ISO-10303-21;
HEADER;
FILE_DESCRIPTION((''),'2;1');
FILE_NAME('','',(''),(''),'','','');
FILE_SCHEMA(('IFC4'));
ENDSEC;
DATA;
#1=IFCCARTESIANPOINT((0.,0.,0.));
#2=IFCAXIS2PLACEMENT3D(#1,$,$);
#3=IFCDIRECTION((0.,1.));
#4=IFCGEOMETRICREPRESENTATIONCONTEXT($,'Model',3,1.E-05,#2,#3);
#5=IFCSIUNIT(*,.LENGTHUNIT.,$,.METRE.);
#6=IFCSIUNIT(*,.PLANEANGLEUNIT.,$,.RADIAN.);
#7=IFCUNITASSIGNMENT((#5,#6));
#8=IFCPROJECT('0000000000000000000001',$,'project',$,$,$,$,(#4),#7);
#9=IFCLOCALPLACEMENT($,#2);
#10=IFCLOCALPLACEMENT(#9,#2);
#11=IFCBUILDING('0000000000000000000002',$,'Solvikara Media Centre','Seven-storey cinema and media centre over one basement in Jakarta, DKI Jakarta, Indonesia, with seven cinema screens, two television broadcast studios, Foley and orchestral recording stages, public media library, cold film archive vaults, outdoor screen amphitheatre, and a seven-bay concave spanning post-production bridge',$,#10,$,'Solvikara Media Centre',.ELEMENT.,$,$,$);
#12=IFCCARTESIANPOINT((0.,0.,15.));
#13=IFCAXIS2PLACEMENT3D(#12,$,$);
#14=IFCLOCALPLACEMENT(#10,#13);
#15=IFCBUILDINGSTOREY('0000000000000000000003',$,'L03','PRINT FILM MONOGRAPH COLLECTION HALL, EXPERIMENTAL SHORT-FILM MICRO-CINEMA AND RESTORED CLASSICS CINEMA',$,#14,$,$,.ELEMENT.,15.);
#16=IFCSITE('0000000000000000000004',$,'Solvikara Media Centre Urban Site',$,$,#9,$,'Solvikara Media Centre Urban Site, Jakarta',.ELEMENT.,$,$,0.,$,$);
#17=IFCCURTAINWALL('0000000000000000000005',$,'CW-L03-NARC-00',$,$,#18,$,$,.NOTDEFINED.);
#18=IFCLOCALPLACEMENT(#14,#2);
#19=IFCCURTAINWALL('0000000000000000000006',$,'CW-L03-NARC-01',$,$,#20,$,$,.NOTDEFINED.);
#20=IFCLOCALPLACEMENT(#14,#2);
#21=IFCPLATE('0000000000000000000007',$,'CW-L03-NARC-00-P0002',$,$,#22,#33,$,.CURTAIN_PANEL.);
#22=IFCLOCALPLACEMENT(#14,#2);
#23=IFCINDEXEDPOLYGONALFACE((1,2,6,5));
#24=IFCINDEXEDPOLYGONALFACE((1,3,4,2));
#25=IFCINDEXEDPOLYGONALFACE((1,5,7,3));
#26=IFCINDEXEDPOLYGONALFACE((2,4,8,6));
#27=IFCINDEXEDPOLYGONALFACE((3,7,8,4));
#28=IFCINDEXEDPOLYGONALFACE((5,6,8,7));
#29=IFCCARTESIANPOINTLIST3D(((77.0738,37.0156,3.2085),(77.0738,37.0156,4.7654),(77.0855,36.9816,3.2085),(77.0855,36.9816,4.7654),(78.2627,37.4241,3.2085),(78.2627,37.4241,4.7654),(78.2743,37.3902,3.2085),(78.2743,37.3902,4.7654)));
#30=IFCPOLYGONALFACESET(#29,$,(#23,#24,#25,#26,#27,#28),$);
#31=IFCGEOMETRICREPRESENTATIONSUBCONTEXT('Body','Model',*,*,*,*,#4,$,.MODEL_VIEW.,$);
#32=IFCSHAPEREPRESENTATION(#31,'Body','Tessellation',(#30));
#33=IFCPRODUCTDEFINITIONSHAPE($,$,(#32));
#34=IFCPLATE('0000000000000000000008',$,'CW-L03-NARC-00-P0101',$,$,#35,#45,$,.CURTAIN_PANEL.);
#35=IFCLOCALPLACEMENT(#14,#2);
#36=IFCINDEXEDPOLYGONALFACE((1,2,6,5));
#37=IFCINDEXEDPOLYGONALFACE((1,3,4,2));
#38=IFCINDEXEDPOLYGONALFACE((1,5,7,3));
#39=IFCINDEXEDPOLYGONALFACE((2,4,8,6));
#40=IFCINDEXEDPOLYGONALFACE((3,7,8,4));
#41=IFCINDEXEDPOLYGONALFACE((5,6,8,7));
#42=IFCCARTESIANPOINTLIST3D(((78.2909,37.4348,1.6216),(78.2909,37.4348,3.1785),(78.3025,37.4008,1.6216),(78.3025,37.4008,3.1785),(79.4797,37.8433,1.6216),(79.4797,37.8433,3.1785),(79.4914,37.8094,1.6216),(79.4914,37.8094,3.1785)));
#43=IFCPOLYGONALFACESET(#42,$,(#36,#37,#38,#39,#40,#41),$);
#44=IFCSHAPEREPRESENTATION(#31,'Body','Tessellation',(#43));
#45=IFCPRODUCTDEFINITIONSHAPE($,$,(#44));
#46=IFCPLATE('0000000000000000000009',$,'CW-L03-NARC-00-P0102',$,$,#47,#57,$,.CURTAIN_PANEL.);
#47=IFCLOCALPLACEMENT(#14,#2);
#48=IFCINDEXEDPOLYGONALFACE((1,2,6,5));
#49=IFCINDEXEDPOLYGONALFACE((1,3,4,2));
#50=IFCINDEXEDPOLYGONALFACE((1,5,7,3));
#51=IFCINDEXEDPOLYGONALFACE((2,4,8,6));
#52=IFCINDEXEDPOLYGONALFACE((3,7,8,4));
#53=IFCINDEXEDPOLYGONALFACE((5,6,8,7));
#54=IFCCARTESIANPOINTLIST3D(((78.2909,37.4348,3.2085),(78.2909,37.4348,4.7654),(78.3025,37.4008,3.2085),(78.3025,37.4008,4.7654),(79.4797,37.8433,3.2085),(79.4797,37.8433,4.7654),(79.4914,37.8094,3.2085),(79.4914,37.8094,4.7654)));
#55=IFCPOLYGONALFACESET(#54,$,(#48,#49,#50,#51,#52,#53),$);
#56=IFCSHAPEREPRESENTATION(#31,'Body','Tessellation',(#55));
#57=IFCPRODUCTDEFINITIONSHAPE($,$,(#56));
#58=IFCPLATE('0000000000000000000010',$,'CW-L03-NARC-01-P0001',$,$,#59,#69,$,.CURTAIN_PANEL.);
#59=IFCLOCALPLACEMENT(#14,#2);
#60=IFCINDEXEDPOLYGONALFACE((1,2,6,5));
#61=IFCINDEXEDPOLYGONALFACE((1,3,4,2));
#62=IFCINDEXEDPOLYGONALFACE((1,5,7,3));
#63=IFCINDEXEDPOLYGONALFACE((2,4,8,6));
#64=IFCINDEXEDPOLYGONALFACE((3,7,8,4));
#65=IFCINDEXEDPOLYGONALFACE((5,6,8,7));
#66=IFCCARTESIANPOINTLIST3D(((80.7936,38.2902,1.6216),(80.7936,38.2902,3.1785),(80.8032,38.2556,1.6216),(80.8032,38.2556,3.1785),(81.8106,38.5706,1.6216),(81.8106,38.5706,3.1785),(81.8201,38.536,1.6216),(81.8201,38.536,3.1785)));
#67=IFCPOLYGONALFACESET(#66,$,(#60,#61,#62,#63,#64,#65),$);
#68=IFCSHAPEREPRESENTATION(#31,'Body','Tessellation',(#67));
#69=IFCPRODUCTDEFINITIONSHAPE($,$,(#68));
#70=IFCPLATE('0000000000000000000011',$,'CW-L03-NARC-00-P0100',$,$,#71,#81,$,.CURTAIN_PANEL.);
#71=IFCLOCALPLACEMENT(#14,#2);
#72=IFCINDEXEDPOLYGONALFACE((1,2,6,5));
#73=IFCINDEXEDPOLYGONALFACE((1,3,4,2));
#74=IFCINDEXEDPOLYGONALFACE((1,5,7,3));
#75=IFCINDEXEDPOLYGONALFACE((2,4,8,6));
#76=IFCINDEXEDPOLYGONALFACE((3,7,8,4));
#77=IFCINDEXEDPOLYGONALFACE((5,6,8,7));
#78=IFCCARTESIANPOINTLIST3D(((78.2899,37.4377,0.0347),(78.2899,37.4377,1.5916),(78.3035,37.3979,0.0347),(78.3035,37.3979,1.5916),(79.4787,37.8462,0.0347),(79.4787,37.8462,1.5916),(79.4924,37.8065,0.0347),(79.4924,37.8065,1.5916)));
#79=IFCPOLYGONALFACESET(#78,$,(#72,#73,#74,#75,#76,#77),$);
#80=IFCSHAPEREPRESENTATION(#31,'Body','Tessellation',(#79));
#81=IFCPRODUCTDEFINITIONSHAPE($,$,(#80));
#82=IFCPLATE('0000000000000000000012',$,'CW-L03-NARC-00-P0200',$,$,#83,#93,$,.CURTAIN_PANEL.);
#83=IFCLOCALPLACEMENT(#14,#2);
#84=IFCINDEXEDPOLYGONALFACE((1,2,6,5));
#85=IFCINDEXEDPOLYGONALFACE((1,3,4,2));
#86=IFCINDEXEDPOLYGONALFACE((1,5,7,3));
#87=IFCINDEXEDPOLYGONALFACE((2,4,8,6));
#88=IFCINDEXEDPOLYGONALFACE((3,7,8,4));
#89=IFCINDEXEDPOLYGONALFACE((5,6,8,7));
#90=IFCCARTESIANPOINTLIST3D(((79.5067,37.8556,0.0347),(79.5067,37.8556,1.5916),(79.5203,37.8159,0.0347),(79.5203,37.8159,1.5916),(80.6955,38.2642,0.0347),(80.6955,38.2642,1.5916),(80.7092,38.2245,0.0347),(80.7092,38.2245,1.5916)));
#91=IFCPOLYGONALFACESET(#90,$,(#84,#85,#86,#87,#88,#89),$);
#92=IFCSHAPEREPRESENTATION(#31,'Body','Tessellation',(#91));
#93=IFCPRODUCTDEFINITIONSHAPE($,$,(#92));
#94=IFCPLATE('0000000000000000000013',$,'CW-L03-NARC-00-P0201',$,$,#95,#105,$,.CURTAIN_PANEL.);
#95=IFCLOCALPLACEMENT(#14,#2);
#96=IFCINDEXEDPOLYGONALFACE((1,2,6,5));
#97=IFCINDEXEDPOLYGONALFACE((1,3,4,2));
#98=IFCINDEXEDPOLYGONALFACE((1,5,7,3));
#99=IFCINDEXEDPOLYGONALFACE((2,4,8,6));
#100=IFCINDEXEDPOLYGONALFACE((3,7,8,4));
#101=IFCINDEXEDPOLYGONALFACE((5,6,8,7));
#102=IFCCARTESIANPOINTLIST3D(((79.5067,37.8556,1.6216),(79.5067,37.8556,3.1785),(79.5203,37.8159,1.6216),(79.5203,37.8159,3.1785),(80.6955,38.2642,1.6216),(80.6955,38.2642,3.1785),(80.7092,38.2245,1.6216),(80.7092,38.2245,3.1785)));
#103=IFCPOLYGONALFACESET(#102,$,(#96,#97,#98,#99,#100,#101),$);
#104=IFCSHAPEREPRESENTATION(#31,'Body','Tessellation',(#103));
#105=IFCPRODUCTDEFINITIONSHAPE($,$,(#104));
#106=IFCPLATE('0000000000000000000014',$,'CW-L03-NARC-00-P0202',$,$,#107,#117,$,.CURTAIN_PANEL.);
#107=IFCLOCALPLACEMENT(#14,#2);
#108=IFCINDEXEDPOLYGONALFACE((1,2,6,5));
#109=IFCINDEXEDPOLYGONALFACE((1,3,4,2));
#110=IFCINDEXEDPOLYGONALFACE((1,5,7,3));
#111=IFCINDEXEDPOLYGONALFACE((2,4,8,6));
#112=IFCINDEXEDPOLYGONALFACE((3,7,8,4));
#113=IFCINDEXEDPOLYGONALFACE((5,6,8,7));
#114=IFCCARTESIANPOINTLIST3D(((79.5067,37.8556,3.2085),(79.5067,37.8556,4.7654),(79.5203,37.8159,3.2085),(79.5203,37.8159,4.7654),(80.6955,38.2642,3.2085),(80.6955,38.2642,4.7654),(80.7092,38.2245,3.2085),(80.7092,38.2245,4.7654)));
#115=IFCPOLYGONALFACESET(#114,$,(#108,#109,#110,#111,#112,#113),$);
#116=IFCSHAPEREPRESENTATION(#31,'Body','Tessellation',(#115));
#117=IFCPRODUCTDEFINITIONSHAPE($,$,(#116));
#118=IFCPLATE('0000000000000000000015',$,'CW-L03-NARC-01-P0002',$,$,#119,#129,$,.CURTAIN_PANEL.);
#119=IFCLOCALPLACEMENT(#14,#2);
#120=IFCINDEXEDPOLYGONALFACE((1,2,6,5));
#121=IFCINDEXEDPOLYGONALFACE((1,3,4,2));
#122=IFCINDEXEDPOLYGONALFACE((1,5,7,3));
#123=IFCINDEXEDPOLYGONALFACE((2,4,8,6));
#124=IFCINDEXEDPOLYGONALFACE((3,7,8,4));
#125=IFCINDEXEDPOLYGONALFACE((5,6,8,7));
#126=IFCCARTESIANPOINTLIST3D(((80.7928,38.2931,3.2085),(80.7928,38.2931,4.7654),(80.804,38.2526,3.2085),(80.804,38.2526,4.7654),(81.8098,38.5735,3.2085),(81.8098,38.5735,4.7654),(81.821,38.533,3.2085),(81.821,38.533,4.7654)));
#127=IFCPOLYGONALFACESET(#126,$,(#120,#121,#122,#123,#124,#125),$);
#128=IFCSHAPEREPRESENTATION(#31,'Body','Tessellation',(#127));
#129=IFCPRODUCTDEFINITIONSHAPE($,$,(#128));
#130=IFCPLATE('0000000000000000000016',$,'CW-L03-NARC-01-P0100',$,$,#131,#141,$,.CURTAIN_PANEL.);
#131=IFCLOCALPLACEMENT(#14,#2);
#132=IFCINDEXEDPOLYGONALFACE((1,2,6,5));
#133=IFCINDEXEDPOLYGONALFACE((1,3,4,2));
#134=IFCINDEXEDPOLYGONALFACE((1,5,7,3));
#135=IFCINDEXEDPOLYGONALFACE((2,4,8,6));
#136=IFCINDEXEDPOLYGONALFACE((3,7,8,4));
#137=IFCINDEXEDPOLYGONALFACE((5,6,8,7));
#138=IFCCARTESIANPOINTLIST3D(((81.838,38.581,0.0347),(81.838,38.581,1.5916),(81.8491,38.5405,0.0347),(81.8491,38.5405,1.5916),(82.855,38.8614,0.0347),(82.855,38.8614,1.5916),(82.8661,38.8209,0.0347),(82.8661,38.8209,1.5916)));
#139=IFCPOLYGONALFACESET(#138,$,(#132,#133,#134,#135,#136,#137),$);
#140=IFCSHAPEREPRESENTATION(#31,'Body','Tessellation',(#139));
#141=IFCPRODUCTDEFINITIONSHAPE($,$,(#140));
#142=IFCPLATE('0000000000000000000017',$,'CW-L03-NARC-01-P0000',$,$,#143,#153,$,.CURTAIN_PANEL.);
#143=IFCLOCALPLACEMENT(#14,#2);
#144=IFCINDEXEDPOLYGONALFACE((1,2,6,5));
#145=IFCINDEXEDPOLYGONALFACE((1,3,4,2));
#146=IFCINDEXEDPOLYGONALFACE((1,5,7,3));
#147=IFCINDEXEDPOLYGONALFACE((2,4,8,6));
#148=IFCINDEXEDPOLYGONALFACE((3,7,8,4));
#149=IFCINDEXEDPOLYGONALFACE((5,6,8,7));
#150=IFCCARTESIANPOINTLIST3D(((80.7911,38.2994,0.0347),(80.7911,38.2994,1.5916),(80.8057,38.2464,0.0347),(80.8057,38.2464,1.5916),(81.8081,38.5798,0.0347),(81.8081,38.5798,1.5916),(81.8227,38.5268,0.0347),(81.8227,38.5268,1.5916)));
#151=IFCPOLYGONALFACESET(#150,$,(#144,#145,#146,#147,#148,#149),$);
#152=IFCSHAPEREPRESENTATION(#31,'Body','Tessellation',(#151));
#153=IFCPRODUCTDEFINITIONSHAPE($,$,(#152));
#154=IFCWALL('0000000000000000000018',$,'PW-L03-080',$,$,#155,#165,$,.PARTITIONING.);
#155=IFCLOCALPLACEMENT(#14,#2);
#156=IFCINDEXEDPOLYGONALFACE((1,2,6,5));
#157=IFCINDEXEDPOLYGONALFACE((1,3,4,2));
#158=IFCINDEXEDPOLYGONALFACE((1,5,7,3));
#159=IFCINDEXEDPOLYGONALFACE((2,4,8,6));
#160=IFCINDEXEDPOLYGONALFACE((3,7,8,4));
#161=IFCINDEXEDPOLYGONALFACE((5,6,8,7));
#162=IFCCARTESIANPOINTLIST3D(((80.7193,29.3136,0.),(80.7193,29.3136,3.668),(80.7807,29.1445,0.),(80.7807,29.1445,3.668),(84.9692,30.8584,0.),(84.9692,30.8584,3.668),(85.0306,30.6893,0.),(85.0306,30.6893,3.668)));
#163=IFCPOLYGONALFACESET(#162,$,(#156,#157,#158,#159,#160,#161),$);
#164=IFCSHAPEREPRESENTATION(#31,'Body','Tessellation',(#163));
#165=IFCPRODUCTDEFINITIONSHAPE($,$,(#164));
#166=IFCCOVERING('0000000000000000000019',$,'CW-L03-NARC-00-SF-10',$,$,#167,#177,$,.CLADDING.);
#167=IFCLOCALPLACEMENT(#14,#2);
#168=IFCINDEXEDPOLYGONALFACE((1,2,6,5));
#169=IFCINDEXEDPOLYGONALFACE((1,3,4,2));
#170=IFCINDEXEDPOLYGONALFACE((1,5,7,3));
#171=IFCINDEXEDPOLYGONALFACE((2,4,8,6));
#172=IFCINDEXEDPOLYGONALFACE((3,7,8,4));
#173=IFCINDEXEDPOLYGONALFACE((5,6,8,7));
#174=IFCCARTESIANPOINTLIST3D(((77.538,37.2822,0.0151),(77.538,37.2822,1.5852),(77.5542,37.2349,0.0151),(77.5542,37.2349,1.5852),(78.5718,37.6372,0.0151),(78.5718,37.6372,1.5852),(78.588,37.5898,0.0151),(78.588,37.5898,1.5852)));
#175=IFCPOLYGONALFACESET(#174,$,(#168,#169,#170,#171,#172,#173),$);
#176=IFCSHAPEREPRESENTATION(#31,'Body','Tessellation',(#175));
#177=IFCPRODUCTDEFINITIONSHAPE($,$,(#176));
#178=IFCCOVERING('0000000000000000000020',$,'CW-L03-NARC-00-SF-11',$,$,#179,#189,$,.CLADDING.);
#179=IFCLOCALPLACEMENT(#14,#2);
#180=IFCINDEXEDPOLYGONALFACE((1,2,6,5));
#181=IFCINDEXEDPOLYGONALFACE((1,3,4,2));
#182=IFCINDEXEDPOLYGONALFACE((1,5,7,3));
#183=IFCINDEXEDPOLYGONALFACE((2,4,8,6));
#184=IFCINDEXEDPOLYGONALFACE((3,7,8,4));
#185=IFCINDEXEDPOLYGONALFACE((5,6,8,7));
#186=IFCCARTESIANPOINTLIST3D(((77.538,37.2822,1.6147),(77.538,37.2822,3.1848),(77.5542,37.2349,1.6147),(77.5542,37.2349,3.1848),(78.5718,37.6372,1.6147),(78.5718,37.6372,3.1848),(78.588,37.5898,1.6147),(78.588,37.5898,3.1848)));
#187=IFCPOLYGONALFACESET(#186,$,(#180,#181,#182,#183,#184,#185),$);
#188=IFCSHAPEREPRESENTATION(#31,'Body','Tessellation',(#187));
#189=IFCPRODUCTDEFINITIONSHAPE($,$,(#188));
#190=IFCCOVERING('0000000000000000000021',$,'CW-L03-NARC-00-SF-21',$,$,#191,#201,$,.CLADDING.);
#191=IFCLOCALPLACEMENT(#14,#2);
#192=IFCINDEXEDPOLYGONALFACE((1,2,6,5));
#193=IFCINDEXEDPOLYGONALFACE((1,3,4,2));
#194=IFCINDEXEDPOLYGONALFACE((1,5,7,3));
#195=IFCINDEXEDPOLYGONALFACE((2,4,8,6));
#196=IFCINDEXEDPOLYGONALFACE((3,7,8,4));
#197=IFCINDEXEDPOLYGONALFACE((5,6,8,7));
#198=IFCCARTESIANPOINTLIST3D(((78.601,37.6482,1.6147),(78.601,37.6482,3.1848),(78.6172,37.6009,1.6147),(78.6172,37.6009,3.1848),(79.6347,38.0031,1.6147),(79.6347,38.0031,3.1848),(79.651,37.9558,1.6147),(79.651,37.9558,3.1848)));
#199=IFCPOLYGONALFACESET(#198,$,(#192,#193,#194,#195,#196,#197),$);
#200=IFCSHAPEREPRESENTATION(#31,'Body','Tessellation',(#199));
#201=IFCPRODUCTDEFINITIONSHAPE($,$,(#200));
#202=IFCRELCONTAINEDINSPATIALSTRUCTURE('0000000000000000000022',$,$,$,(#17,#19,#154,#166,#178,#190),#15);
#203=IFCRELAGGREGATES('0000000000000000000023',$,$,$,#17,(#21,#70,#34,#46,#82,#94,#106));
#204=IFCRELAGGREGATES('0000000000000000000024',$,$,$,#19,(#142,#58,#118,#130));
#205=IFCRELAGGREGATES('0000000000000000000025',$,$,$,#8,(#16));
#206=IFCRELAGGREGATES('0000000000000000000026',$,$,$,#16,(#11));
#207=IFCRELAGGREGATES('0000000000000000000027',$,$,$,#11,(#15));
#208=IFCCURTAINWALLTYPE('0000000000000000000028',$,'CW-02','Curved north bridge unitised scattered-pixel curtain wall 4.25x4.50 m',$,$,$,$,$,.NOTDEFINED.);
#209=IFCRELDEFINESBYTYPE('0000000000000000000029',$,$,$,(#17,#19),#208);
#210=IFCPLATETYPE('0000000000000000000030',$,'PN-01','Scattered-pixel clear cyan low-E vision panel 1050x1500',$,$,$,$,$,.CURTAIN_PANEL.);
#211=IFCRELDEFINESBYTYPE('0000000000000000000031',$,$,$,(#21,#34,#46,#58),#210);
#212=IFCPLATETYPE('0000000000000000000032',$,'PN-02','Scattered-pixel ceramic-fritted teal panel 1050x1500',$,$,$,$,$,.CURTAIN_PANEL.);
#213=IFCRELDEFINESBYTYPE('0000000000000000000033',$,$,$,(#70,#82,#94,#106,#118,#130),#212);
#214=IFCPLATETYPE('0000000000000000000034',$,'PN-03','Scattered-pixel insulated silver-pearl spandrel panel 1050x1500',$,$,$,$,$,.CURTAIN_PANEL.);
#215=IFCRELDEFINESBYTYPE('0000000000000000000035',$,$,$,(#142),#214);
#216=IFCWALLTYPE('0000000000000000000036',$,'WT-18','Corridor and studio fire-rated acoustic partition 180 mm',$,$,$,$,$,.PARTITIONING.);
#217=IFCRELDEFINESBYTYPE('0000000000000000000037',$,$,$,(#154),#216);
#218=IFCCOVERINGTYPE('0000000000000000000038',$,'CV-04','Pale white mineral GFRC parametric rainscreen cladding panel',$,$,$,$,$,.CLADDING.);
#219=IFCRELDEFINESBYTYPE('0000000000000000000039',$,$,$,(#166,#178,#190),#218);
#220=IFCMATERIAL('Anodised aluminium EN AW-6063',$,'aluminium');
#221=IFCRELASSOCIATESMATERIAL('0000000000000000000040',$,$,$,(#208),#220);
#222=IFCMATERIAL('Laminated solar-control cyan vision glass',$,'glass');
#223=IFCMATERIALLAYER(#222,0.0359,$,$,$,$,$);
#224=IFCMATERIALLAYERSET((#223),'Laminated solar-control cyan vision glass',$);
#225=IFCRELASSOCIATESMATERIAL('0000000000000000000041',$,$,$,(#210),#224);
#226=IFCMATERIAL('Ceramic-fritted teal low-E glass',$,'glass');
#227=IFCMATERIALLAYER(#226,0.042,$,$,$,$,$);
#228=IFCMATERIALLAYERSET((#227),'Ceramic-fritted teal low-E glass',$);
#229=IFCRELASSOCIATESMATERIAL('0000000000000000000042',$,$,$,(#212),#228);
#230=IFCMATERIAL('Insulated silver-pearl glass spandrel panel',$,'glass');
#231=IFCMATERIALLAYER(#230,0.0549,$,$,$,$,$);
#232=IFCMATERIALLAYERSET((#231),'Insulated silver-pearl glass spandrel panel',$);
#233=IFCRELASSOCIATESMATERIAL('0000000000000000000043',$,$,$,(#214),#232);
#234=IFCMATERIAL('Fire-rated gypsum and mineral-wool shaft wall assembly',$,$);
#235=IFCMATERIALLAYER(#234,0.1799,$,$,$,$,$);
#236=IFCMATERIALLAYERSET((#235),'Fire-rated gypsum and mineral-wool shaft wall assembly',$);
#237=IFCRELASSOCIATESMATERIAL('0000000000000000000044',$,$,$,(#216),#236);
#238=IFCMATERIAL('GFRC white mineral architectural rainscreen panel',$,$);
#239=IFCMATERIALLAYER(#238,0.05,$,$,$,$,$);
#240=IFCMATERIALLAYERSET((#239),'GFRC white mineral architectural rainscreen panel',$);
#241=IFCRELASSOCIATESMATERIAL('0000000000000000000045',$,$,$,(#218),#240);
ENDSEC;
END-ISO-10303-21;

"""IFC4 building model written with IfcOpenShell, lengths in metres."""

from ifc_helpers import new_model, si_unit, direction, frame, frame_2d, origin, origin_2d, place, context, subcontext, project, spatial, rectangle, extrude, material, layer, layer_set, type_object, element, aggregate, save


model = new_model("IFC4")

# Units and contexts
model_context = context("Model", 3, precision=1e-05, world=origin(), true_north=direction((0.0, 1.0)))
body_context = subcontext(model_context, "Body", "Model", "MODEL_VIEW")
ifc_project = project(units=[si_unit("LENGTHUNIT", "METRE"), si_unit("PLANEANGLEUNIT", "RADIAN")], contexts=[model_context])

# Site, building, storey
site_placement = place(None, origin())
site = spatial("IfcSite", under=ifc_project, at=site_placement, Name="Solvikara Media Centre Urban Site", LongName="Solvikara Media Centre Urban Site, Jakarta", CompositionType="ELEMENT", RefElevation=0.0)
building_placement = place(site_placement, origin())
building = spatial("IfcBuilding", under=site, at=building_placement, Name="Solvikara Media Centre", Description="Seven-storey cinema and media centre over one basement in Jakarta, DKI Jakarta, Indonesia, with seven cinema screens, two television broadcast studios, Foley and orchestral recording stages, public media library, cold film archive vaults, outdoor screen amphitheatre, and a seven-bay concave spanning post-production bridge", LongName="Solvikara Media Centre", CompositionType="ELEMENT")
storey_placement = place(building_placement, frame((0.0, 0.0, 15.0)))
storey = spatial("IfcBuildingStorey", under=building, at=storey_placement, Name="L03", Description="PRINT FILM MONOGRAPH COLLECTION HALL, EXPERIMENTAL SHORT-FILM MICRO-CINEMA AND RESTORED CLASSICS CINEMA", CompositionType="ELEMENT", Elevation=15.0)

# Curtain walls
ifc_material_1 = material(Name="Anodised aluminium EN AW-6063", Category="aluminium")
curtain_wall_type = type_object("IfcCurtainWallType", Name="CW-02", Description="Curved north bridge unitised scattered-pixel curtain wall 4.25x4.50 m", PredefinedType="NOTDEFINED", material=ifc_material_1)
curtain_wall_1_placement = place(storey_placement, origin())
curtain_wall_1 = element("IfcCurtainWall", 1, at=curtain_wall_1_placement, inside=storey, type_object=curtain_wall_type, Name="CW-L03-NARC-00", PredefinedType="NOTDEFINED")
curtain_wall_2_placement = place(storey_placement, origin())
curtain_wall_2 = element("IfcCurtainWall", 2, at=curtain_wall_2_placement, inside=storey, type_object=curtain_wall_type, Name="CW-L03-NARC-01", PredefinedType="NOTDEFINED")

# Plates
ifc_material_2 = material(Name="Laminated solar-control cyan vision glass", Category="glass")
ifc_layer_1 = layer(ifc_material_2, 0.0359)
ifc_layer_set_1 = layer_set([ifc_layer_1], Name="Laminated solar-control cyan vision glass")
plate_type_1 = type_object("IfcPlateType", Name="PN-01", Description="Scattered-pixel clear cyan low-E vision panel 1050x1500", PredefinedType="CURTAIN_PANEL", material=ifc_layer_set_1)
plate_1_placement = place(storey_placement, frame((77.6741, 37.2029, 3.2085), z_axis=(0.0, 0.0, 1.0), x_axis=(0.945717, 0.324991, 0.0)))
plate_1 = element("IfcPlate", 3, at=plate_1_placement, type_object=plate_type_1, Name="CW-L03-NARC-00-P0002", PredefinedType="CURTAIN_PANEL", context=body_context, shape_type="SweptSolid", body=[
    extrude(rectangle(XDim=1.2571, YDim=0.0359, at=origin_2d()), origin(), (0.0, 0.0, 1.0), 1.5569),
])
plate_2_placement = place(storey_placement, frame((78.8911, 37.6221, 1.6216), z_axis=(0.0, 0.0, 1.0), x_axis=(0.945717, 0.324991, 0.0)))
plate_2 = element("IfcPlate", 4, at=plate_2_placement, type_object=plate_type_1, Name="CW-L03-NARC-00-P0101", PredefinedType="CURTAIN_PANEL", context=body_context, shape_type="SweptSolid", body=[
    extrude(rectangle(XDim=1.2571, YDim=0.0359, at=origin_2d()), origin(), (0.0, 0.0, 1.0), 1.5569),
])
plate_3_placement = place(storey_placement, frame((78.8911, 37.6221, 3.2085), z_axis=(0.0, 0.0, 1.0), x_axis=(0.945717, 0.324991, 0.0)))
plate_3 = element("IfcPlate", 5, at=plate_3_placement, type_object=plate_type_1, Name="CW-L03-NARC-00-P0102", PredefinedType="CURTAIN_PANEL", context=body_context, shape_type="SweptSolid", body=[
    extrude(rectangle(XDim=1.2571, YDim=0.0359, at=origin_2d()), origin(), (0.0, 0.0, 1.0), 1.5569),
])
plate_4_placement = place(storey_placement, frame((81.3069, 38.4131, 1.6216), z_axis=(0.0, 0.0, 1.0), x_axis=(0.96403, 0.265792, 0.0)))
plate_4 = element("IfcPlate", 6, at=plate_4_placement, type_object=plate_type_1, Name="CW-L03-NARC-01-P0001", PredefinedType="CURTAIN_PANEL", context=body_context, shape_type="SweptSolid", body=[
    extrude(rectangle(XDim=1.0549, YDim=0.0359, at=origin_2d()), origin(), (0.0, 0.0, 1.0), 1.5569),
])
ifc_material_3 = material(Name="Ceramic-fritted teal low-E glass", Category="glass")
ifc_layer_2 = layer(ifc_material_3, 0.042)
ifc_layer_set_2 = layer_set([ifc_layer_2], Name="Ceramic-fritted teal low-E glass")
plate_type_2 = type_object("IfcPlateType", Name="PN-02", Description="Scattered-pixel ceramic-fritted teal panel 1050x1500", PredefinedType="CURTAIN_PANEL", material=ifc_layer_set_2)
plate_5_placement = place(storey_placement, frame((78.8911, 37.6221, 0.0347), z_axis=(0.0, 0.0, 1.0), x_axis=(0.945717, 0.324991, 0.0)))
plate_5 = element("IfcPlate", 7, at=plate_5_placement, type_object=plate_type_2, Name="CW-L03-NARC-00-P0100", PredefinedType="CURTAIN_PANEL", context=body_context, shape_type="SweptSolid", body=[
    extrude(rectangle(XDim=1.2571, YDim=0.042, at=origin_2d()), origin(), (0.0, 0.0, 1.0), 1.5569),
])
plate_6_placement = place(storey_placement, frame((80.1079, 38.04, 0.0347), z_axis=(0.0, 0.0, 1.0), x_axis=(0.945717, 0.324991, 0.0)))
plate_6 = element("IfcPlate", 8, at=plate_6_placement, type_object=plate_type_2, Name="CW-L03-NARC-00-P0200", PredefinedType="CURTAIN_PANEL", context=body_context, shape_type="SweptSolid", body=[
    extrude(rectangle(XDim=1.2571, YDim=0.042, at=origin_2d()), origin(), (0.0, 0.0, 1.0), 1.5569),
])
plate_7_placement = place(storey_placement, frame((80.1079, 38.04, 1.6216), z_axis=(0.0, 0.0, 1.0), x_axis=(0.945717, 0.324991, 0.0)))
plate_7 = element("IfcPlate", 9, at=plate_7_placement, type_object=plate_type_2, Name="CW-L03-NARC-00-P0201", PredefinedType="CURTAIN_PANEL", context=body_context, shape_type="SweptSolid", body=[
    extrude(rectangle(XDim=1.2571, YDim=0.042, at=origin_2d()), origin(), (0.0, 0.0, 1.0), 1.5569),
])
plate_8_placement = place(storey_placement, frame((80.1079, 38.04, 3.2085), z_axis=(0.0, 0.0, 1.0), x_axis=(0.945717, 0.324991, 0.0)))
plate_8 = element("IfcPlate", 10, at=plate_8_placement, type_object=plate_type_2, Name="CW-L03-NARC-00-P0202", PredefinedType="CURTAIN_PANEL", context=body_context, shape_type="SweptSolid", body=[
    extrude(rectangle(XDim=1.2571, YDim=0.042, at=origin_2d()), origin(), (0.0, 0.0, 1.0), 1.5569),
])
aggregate(curtain_wall_1, [plate_1, plate_5, plate_2, plate_3, plate_6, plate_7, plate_8])
plate_9_placement = place(storey_placement, frame((81.3069, 38.4131, 3.2085), z_axis=(0.0, 0.0, 1.0), x_axis=(0.96403, 0.265792, 0.0)))
plate_9 = element("IfcPlate", 11, at=plate_9_placement, type_object=plate_type_2, Name="CW-L03-NARC-01-P0002", PredefinedType="CURTAIN_PANEL", context=body_context, shape_type="SweptSolid", body=[
    extrude(rectangle(XDim=1.0549, YDim=0.042, at=origin_2d()), origin(), (0.0, 0.0, 1.0), 1.5569),
])
plate_10_placement = place(storey_placement, frame((82.3521, 38.7009, 0.0347), z_axis=(0.0, 0.0, 1.0), x_axis=(0.96403, 0.265792, 0.0)))
plate_10 = element("IfcPlate", 12, at=plate_10_placement, type_object=plate_type_2, Name="CW-L03-NARC-01-P0100", PredefinedType="CURTAIN_PANEL", context=body_context, shape_type="SweptSolid", body=[
    extrude(rectangle(XDim=1.0549, YDim=0.042, at=origin_2d()), origin(), (0.0, 0.0, 1.0), 1.5569),
])
ifc_material_4 = material(Name="Insulated silver-pearl glass spandrel panel", Category="glass")
ifc_layer_3 = layer(ifc_material_4, 0.0549)
ifc_layer_set_3 = layer_set([ifc_layer_3], Name="Insulated silver-pearl glass spandrel panel")
plate_type_3 = type_object("IfcPlateType", Name="PN-03", Description="Scattered-pixel insulated silver-pearl spandrel panel 1050x1500", PredefinedType="CURTAIN_PANEL", material=ifc_layer_set_3)
plate_11_placement = place(storey_placement, frame((81.3069, 38.4131, 0.0347), z_axis=(0.0, 0.0, 1.0), x_axis=(0.96403, 0.265792, 0.0)))
plate_11 = element("IfcPlate", 13, at=plate_11_placement, type_object=plate_type_3, Name="CW-L03-NARC-01-P0000", PredefinedType="CURTAIN_PANEL", context=body_context, shape_type="SweptSolid", body=[
    extrude(rectangle(XDim=1.0549, YDim=0.0549, at=origin_2d()), origin(), (0.0, 0.0, 1.0), 1.5569),
])
aggregate(curtain_wall_2, [plate_11, plate_4, plate_9, plate_10])

# Wall
ifc_material_5 = material(Name="Fire-rated gypsum and mineral-wool shaft wall assembly")
ifc_layer_4 = layer(ifc_material_5, 0.1799)
ifc_layer_set_4 = layer_set([ifc_layer_4], Name="Fire-rated gypsum and mineral-wool shaft wall assembly")
wall_type = type_object("IfcWallType", Name="WT-18", Description="Corridor and studio fire-rated acoustic partition 180 mm", PredefinedType="PARTITIONING", material=ifc_layer_set_4)
wall_placement = place(storey_placement, frame((80.75, 29.229, 0.0), z_axis=(0.0, 0.0, 1.0), x_axis=(0.939831, 0.341639, 0.0)))
element("IfcWall", 14, at=wall_placement, inside=storey, type_object=wall_type, Name="PW-L03-080", PredefinedType="PARTITIONING", context=body_context, shape_type="SweptSolid", body=[
    extrude(rectangle(XDim=4.522, YDim=0.1799, at=frame_2d((2.261, 0.0))), origin(), (0.0, 0.0, 1.0), 3.668),
])

# Coverings
ifc_material_6 = material(Name="GFRC white mineral architectural rainscreen panel")
ifc_layer_5 = layer(ifc_material_6, 0.05)
ifc_layer_set_5 = layer_set([ifc_layer_5], Name="GFRC white mineral architectural rainscreen panel")
covering_type_1 = type_object("IfcCoveringType", Name="CV-04", Description="Pale white mineral GFRC parametric rainscreen cladding panel", PredefinedType="CLADDING", material=ifc_layer_set_5)
for number, where, z_axis, x_axis, name in (
    (15, (78.063, 37.436, 0.0151), (0.0, 0.0, 1.0), (0.945808, 0.324726, 0.0), "CW-L03-NARC-00-SF-10"),
    (16, (78.063, 37.436, 1.6147), (0.0, 0.0, 1.0), (0.945808, 0.324726, 0.0), "CW-L03-NARC-00-SF-11"),
    (17, (79.126, 37.802, 1.6147), (0.0, 0.0, 1.0), (0.945808, 0.324726, 0.0), "CW-L03-NARC-00-SF-21"),
):
    element("IfcCovering", number, at=place(storey_placement, frame(where, z_axis=z_axis, x_axis=x_axis)), inside=storey, type_object=covering_type_1, Name=name, PredefinedType="CLADDING", context=body_context, shape_type="SweptSolid", body=[
        extrude(rectangle(XDim=1.093, YDim=0.05, at=origin_2d()), origin(), (0.0, 0.0, 1.0), 1.5701),
    ])

save(model, "model.ifc")
